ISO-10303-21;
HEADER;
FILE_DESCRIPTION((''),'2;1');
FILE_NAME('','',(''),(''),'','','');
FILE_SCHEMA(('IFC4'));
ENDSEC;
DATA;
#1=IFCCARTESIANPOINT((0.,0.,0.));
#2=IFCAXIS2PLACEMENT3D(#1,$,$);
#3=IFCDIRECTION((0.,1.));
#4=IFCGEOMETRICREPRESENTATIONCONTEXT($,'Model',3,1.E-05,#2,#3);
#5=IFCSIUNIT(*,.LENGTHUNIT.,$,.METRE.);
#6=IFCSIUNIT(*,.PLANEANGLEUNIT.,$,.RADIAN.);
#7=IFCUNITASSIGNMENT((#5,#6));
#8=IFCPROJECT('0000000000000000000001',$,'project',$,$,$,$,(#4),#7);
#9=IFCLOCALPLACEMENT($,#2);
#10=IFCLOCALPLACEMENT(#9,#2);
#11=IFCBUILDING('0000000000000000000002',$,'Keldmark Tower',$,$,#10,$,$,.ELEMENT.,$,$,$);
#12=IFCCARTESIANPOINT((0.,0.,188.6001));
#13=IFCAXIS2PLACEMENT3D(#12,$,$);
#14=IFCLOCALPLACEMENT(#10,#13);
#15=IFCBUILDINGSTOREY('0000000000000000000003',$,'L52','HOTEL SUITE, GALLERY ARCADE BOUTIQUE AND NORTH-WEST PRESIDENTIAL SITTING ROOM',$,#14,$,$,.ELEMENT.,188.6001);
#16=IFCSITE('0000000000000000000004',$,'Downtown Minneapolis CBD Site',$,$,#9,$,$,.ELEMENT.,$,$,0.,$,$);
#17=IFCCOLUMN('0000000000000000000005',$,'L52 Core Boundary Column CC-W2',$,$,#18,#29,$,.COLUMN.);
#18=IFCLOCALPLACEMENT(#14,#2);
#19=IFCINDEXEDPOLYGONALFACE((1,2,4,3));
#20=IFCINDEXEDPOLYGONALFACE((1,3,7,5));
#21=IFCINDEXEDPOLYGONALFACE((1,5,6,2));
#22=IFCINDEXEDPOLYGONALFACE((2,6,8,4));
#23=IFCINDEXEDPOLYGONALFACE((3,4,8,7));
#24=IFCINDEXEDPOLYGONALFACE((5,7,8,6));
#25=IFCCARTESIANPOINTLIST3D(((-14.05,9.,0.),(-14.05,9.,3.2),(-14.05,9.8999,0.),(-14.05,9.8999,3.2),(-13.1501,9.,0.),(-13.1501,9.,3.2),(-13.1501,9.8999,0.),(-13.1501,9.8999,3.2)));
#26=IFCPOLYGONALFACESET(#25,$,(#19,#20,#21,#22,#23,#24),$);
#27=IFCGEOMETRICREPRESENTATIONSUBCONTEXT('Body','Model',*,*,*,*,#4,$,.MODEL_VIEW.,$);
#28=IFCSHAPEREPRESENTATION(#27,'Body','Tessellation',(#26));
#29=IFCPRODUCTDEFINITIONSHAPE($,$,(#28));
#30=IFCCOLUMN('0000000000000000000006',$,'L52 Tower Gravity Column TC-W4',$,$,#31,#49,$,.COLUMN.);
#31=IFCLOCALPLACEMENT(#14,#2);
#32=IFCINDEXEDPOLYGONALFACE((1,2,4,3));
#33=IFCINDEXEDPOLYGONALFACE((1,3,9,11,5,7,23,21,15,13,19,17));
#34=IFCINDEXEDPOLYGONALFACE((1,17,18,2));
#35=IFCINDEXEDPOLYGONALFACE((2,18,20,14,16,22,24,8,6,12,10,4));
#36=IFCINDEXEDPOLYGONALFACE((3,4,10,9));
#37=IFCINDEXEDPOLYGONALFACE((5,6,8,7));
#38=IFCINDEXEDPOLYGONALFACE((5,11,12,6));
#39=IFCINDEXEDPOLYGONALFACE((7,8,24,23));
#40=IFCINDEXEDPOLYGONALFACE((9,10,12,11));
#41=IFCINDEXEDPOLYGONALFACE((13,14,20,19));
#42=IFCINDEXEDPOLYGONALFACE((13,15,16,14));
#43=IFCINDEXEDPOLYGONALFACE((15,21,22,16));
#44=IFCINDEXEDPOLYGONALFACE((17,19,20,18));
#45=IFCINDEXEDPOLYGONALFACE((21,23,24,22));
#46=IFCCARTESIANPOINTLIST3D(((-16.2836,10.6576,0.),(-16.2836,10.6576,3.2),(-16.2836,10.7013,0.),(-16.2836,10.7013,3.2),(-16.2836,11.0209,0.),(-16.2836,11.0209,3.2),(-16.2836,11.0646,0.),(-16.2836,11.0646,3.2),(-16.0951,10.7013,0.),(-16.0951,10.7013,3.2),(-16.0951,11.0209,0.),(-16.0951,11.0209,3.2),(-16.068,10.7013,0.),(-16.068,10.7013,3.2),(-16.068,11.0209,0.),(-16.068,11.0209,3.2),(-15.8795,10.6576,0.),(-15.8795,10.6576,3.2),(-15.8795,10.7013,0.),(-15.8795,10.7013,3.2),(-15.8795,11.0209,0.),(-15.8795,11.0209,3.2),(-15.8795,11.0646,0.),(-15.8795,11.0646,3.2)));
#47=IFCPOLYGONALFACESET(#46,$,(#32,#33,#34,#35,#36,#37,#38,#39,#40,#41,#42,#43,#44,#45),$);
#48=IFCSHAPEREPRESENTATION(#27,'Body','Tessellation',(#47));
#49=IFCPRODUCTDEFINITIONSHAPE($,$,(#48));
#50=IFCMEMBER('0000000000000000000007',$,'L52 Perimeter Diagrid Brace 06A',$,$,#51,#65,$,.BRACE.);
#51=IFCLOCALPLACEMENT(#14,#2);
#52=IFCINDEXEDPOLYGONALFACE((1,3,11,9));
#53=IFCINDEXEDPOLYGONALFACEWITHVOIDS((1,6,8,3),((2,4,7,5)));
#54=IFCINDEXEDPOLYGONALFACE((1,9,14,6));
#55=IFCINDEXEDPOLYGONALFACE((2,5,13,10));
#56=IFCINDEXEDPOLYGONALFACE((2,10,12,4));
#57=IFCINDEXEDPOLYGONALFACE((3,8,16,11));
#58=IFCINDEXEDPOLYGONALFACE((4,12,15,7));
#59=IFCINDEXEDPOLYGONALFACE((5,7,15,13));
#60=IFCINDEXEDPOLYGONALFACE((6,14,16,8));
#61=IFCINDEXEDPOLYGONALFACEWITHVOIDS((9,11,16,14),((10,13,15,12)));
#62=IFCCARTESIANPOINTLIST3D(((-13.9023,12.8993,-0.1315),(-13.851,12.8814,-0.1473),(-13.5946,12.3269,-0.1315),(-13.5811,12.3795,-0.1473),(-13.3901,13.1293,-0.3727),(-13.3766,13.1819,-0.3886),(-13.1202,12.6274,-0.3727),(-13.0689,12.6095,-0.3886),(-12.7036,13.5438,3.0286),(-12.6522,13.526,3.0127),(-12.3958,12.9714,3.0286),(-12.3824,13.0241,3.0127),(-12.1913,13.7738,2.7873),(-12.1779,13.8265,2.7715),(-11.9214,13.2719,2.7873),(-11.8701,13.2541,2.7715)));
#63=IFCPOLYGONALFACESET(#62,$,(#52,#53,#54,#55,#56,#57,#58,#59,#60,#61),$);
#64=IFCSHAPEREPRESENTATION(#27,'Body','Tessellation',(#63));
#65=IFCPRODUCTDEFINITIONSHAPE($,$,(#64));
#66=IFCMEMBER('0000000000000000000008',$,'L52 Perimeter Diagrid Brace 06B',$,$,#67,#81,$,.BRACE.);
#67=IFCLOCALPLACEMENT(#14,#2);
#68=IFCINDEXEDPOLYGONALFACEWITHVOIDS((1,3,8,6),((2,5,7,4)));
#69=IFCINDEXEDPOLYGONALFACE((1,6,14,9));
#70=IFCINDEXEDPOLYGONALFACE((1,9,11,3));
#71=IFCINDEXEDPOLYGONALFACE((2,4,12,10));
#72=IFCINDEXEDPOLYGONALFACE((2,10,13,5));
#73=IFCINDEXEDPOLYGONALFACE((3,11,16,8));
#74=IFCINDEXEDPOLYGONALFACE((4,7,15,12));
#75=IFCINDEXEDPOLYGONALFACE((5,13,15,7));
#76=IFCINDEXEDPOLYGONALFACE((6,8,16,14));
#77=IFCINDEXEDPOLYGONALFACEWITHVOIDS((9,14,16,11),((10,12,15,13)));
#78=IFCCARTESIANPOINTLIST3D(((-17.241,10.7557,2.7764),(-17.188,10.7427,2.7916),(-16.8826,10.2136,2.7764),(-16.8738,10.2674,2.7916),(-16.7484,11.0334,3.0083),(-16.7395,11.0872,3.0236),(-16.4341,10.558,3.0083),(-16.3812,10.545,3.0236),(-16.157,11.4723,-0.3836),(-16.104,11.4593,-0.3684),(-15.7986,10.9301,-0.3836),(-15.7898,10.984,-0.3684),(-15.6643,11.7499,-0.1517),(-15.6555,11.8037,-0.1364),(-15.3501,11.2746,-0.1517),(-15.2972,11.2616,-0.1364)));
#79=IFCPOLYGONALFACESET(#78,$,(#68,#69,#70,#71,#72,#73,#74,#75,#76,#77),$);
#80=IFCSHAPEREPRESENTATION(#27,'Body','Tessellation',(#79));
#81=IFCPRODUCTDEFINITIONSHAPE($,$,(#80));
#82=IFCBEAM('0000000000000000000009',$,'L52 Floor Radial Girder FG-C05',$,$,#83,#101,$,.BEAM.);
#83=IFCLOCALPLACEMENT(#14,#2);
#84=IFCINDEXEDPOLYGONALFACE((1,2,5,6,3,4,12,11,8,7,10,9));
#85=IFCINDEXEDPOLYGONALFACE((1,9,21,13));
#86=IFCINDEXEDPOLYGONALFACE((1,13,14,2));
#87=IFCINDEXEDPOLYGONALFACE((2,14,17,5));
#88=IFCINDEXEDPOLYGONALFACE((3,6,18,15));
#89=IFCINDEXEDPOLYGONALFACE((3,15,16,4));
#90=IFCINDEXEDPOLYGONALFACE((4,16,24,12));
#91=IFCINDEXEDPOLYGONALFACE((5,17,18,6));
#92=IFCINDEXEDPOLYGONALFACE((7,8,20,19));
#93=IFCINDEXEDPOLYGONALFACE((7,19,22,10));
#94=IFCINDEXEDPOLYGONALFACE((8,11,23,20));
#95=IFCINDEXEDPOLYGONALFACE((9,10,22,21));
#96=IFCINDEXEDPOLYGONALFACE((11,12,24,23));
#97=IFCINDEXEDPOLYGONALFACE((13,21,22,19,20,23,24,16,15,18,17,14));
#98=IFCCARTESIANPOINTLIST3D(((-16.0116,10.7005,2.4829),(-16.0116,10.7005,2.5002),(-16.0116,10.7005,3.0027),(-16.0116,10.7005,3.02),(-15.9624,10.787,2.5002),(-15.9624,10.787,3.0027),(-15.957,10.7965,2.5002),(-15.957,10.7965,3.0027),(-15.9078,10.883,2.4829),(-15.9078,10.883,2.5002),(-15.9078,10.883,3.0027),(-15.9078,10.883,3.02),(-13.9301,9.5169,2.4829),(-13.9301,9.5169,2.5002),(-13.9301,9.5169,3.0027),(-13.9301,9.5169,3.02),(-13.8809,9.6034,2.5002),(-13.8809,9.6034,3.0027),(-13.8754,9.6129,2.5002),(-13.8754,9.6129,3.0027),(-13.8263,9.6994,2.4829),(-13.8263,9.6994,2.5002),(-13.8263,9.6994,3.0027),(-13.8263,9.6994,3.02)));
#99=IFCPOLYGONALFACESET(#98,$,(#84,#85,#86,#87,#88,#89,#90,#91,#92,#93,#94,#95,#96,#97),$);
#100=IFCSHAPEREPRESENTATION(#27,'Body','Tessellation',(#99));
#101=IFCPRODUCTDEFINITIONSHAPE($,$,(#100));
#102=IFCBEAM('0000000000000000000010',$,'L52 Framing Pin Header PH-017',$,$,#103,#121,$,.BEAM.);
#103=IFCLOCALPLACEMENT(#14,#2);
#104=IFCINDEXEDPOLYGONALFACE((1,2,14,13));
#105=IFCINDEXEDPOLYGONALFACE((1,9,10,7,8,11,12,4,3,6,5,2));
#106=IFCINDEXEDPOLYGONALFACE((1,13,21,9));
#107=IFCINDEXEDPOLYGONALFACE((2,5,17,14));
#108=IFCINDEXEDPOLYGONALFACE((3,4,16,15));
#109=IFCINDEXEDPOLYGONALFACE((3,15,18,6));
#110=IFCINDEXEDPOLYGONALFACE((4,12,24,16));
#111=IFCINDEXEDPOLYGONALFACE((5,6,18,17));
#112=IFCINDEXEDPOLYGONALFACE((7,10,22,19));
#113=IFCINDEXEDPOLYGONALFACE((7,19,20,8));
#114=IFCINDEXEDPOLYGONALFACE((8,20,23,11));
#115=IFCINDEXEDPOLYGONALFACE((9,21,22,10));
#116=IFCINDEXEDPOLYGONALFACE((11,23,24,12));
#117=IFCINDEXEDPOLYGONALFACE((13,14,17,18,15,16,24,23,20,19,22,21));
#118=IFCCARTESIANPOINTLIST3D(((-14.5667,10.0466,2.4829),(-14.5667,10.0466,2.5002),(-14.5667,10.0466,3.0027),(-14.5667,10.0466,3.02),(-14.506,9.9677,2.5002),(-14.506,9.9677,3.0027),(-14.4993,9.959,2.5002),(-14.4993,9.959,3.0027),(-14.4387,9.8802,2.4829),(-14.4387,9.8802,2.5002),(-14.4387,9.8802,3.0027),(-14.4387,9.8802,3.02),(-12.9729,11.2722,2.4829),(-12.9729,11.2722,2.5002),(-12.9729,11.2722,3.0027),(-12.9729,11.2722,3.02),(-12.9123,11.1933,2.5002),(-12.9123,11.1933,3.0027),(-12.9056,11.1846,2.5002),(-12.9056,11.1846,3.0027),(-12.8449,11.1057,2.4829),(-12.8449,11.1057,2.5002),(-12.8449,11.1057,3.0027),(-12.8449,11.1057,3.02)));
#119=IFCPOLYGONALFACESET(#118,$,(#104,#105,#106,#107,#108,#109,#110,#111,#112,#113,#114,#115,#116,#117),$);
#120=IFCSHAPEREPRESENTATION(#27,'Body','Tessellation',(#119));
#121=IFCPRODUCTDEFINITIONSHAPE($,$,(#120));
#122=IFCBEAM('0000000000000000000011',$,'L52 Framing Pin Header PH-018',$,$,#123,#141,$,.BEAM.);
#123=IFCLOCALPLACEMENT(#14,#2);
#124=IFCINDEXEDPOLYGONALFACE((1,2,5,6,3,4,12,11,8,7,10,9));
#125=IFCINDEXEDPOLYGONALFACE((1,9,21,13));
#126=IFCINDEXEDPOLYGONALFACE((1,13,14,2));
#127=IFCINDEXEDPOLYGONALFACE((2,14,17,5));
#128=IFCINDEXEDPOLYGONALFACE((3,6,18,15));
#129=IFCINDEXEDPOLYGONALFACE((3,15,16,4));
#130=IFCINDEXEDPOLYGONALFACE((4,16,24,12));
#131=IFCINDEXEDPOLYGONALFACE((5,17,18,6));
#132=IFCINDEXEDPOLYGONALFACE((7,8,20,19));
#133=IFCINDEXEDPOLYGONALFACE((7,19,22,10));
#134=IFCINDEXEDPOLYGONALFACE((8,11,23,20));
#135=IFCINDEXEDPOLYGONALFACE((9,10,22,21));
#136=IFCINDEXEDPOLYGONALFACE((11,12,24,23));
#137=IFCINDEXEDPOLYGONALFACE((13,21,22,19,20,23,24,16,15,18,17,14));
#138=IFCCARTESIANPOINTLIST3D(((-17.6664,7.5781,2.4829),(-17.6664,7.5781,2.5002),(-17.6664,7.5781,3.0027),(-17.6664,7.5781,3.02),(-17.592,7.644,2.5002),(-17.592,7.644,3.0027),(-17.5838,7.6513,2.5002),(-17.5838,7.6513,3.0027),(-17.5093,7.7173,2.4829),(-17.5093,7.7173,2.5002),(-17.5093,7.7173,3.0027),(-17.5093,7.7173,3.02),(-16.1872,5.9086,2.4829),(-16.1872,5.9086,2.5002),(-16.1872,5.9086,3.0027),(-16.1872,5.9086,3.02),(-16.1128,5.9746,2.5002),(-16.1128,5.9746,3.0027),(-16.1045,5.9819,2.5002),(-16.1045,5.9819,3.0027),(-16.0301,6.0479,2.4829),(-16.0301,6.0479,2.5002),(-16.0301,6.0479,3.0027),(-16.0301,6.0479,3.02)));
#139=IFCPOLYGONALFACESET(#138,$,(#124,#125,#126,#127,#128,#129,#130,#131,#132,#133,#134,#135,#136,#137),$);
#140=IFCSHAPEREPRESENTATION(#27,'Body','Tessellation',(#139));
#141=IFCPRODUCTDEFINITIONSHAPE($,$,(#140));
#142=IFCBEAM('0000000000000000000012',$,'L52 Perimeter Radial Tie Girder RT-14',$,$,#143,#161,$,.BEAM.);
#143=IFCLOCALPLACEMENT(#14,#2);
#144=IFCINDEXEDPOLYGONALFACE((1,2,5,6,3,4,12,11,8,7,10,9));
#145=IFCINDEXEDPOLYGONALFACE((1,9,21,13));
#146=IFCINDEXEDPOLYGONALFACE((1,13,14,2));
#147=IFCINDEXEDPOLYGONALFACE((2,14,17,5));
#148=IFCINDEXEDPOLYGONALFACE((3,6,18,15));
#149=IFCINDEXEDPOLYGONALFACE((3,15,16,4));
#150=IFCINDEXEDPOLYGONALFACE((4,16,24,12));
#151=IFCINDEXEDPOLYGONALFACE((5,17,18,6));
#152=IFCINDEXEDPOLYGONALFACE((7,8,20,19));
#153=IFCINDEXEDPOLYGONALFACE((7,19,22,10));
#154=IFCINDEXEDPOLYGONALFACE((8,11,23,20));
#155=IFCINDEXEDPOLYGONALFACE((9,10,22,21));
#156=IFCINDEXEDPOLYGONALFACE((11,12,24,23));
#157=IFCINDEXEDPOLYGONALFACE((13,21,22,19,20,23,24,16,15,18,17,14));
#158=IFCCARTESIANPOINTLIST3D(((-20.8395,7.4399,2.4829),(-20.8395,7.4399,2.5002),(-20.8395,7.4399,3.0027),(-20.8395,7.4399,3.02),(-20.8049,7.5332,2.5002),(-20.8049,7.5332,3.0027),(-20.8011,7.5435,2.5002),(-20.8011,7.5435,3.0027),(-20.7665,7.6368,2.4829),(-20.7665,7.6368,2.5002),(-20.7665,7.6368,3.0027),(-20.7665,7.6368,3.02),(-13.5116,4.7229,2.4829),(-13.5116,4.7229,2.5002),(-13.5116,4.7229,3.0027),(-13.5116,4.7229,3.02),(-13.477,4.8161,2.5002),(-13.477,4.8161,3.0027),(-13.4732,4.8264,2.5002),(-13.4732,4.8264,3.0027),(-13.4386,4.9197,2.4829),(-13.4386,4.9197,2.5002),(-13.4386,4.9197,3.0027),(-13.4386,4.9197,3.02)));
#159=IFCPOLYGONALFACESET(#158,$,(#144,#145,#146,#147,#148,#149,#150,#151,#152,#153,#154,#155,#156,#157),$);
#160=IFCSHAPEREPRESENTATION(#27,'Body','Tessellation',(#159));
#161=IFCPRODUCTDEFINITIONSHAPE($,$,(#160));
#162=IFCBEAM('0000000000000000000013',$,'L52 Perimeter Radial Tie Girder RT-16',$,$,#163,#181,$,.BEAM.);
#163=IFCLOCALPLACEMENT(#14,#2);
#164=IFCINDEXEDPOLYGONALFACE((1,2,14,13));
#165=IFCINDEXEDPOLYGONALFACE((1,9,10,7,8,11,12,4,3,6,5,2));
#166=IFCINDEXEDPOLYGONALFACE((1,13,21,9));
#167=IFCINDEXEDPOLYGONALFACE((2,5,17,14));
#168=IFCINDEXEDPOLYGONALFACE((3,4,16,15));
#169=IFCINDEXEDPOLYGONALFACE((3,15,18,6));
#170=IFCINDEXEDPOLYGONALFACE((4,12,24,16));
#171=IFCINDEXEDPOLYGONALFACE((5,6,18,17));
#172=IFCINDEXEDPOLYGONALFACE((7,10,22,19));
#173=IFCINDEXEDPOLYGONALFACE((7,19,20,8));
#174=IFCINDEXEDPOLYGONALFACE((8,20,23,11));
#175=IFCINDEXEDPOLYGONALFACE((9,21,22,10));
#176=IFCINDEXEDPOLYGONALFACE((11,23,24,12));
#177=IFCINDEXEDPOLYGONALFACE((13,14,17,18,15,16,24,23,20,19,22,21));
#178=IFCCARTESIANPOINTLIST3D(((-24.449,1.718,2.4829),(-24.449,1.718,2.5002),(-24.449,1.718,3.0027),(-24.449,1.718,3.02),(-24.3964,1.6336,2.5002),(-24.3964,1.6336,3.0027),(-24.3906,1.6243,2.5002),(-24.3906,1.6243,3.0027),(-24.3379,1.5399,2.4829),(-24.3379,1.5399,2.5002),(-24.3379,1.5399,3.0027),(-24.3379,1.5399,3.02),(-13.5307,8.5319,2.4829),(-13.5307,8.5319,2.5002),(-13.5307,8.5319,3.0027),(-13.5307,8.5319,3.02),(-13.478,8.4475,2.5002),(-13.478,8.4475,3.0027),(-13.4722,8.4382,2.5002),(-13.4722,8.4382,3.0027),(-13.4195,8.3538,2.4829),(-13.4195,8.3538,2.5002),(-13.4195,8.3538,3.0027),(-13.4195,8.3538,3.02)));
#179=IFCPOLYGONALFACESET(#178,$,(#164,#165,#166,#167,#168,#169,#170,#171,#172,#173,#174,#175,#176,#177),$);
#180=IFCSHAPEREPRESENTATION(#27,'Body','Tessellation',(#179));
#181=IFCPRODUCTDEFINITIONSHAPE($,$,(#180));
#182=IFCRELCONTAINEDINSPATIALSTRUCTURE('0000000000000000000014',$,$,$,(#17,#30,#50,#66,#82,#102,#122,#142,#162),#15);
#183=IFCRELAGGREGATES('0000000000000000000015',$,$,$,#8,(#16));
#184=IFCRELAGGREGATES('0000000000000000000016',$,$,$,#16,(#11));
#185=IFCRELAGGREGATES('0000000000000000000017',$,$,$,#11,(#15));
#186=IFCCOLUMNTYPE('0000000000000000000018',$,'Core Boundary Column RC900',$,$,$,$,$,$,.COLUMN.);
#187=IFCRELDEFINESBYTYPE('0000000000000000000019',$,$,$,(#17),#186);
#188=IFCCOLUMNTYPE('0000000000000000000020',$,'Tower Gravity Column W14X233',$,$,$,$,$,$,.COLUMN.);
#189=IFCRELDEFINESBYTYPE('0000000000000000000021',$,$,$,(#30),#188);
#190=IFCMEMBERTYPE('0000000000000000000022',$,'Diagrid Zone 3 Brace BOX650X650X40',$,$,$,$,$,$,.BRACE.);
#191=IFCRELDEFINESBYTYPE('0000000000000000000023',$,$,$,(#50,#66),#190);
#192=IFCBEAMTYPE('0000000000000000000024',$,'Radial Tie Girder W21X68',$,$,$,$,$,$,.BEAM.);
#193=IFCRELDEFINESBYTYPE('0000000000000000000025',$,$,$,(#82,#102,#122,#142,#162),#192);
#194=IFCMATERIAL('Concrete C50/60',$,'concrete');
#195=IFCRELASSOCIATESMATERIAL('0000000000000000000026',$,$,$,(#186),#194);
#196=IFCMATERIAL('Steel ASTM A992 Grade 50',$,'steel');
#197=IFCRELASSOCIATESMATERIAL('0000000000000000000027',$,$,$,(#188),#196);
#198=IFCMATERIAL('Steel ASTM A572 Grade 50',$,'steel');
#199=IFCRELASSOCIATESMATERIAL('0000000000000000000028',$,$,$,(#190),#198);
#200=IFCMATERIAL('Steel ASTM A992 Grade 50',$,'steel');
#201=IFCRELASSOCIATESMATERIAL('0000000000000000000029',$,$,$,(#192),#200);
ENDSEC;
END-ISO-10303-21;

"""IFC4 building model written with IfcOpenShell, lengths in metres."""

from ifc_helpers import new_model, si_unit, direction, frame, origin, origin_2d, place, context, subcontext, project, spatial, rectangle, hollow_rectangle, i_section, extrude, material, material_profile, profile_set, type_object, element, save


model = new_model("IFC4")

# Units and contexts
model_context = context("Model", 3, precision=1e-05, world=origin(), true_north=direction((0.0, 1.0)))
body_context = subcontext(model_context, "Body", "Model", "MODEL_VIEW")
ifc_project = project(units=[si_unit("LENGTHUNIT", "METRE"), si_unit("PLANEANGLEUNIT", "RADIAN")], contexts=[model_context])

# Site, building, storey
site_placement = place(None, origin())
site = spatial("IfcSite", under=ifc_project, at=site_placement, Name="Downtown Minneapolis CBD Site", CompositionType="ELEMENT", RefElevation=0.0)
building_placement = place(site_placement, origin())
building = spatial("IfcBuilding", under=site, at=building_placement, Name="Keldmark Tower", CompositionType="ELEMENT")
storey_placement = place(building_placement, frame((0.0, 0.0, 188.6001)))
storey = spatial("IfcBuildingStorey", under=building, at=storey_placement, Name="L52", Description="HOTEL SUITE, GALLERY ARCADE BOUTIQUE AND NORTH-WEST PRESIDENTIAL SITTING ROOM", CompositionType="ELEMENT", Elevation=188.6001)

# Columns
ifc_material_1 = material(Name="Concrete C50/60", Category="concrete")
ifc_material_profile_1 = material_profile(ifc_material_1, rectangle(XDim=0.8999, YDim=0.8999, at=origin_2d()), Name="RC900X900")
ifc_profile_set_1 = profile_set([ifc_material_profile_1], Name="Concrete C50/60")
column_type_1 = type_object("IfcColumnType", Name="Core Boundary Column RC900", PredefinedType="COLUMN", material=ifc_profile_set_1)
column_1_placement = place(storey_placement, frame((-13.6001, 9.45, 0.0), z_axis=(0.0, 0.0, 1.0), x_axis=(1.0, 0.0, 0.0)))
element("IfcColumn", 1, at=column_1_placement, inside=storey, type_object=column_type_1, Name="L52 Core Boundary Column CC-W2", PredefinedType="COLUMN", context=body_context, shape_type="SweptSolid", body=[
    extrude(rectangle(XDim=0.8999, YDim=0.8999, at=origin_2d()), origin(), (0.0, 0.0, 1.0), 3.2),
])
ifc_material_2 = material(Name="Steel ASTM A992 Grade 50", Category="steel")
ifc_material_profile_2 = material_profile(ifc_material_2, i_section(OverallWidth=0.4041, OverallDepth=0.407, WebThickness=0.0271, FlangeThickness=0.0437, at=origin_2d()), Name="W14X233")
ifc_profile_set_2 = profile_set([ifc_material_profile_2], Name="Steel ASTM A992 Grade 50")
column_type_2 = type_object("IfcColumnType", Name="Tower Gravity Column W14X233", PredefinedType="COLUMN", material=ifc_profile_set_2)
column_2_placement = place(storey_placement, frame((-16.0815, 10.8611, 0.0), z_axis=(0.0, 0.0, 1.0), x_axis=(1.0, 0.0, 0.0)))
element("IfcColumn", 2, at=column_2_placement, inside=storey, type_object=column_type_2, Name="L52 Tower Gravity Column TC-W4", PredefinedType="COLUMN", context=body_context, shape_type="SweptSolid", body=[
    extrude(i_section(OverallWidth=0.4041, OverallDepth=0.407, WebThickness=0.0271, FlangeThickness=0.0437, at=origin_2d()), origin(), (0.0, 0.0, 1.0), 3.2),
])

# Members
ifc_material_3 = material(Name="Steel ASTM A572 Grade 50", Category="steel")
ifc_material_profile_3 = material_profile(ifc_material_3, hollow_rectangle(XDim=0.6499, YDim=0.6499, WallThickness=0.04, at=origin_2d()), Name="BOX650X650X40")
ifc_profile_set_3 = profile_set([ifc_material_profile_3], Name="Steel ASTM A572 Grade 50")
member_type = type_object("IfcMemberType", Name="Diagrid Zone 3 Brace BOX650X650X40", PredefinedType="BRACE", material=ifc_profile_set_3)
member_1_placement = place(storey_placement, frame((-13.4856, 12.7544, -0.26), z_axis=(0.348412, 0.187334, 0.918431), x_axis=(-0.473565, 0.880759, 0.0)))
element("IfcMember", 3, at=member_1_placement, inside=storey, type_object=member_type, Name="L52 Perimeter Diagrid Brace 06A", PredefinedType="BRACE", context=body_context, shape_type="SweptSolid", body=[
    extrude(hollow_rectangle(XDim=0.6499, YDim=0.6499, WallThickness=0.04, at=origin_2d()), origin(), (0.0, 0.0, 1.0), 3.4407),
])
member_2_placement = place(storey_placement, frame((-15.7271, 11.3669, -0.26), z_axis=(-0.317265, -0.209724, 0.924856), x_axis=(0.551444, -0.834212, 0.0)))
element("IfcMember", 4, at=member_2_placement, inside=storey, type_object=member_type, Name="L52 Perimeter Diagrid Brace 06B", PredefinedType="BRACE", context=body_context, shape_type="SweptSolid", body=[
    extrude(hollow_rectangle(XDim=0.6499, YDim=0.6499, WallThickness=0.04, at=origin_2d()), origin(), (0.0, 0.0, 1.0), 3.4167),
])

# Beams
ifc_material_4 = material(Name="Steel ASTM A992 Grade 50", Category="steel")
ifc_material_profile_4 = material_profile(ifc_material_4, i_section(OverallWidth=0.21, OverallDepth=0.5371, WebThickness=0.011, FlangeThickness=0.0173, at=origin_2d()), Name="W21X68")
ifc_profile_set_4 = profile_set([ifc_material_profile_4], Name="Steel ASTM A992 Grade 50")
beam_type_1 = type_object("IfcBeamType", Name="Radial Tie Girder W21X68", PredefinedType="BEAM", material=ifc_profile_set_4)
beam_1_placement = place(storey_placement, frame((-15.9597, 10.7917, 2.7515), z_axis=(0.869295, -0.494293, 0.0), x_axis=(0.494293, 0.869295, 0.0)))
element("IfcBeam", 5, at=beam_1_placement, inside=storey, type_object=beam_type_1, Name="L52 Floor Radial Girder FG-C05", PredefinedType="BEAM", context=body_context, shape_type="SweptSolid", body=[
    extrude(i_section(OverallWidth=0.21, OverallDepth=0.5371, WebThickness=0.011, FlangeThickness=0.0173, at=origin_2d()), origin(), (0.0, 0.0, 1.0), 2.3945),
])
beam_2_placement = place(storey_placement, frame((-14.5027, 9.9634, 2.7515), z_axis=(0.792714, 0.609593, 0.0), x_axis=(-0.609593, 0.792714, 0.0)))
element("IfcBeam", 6, at=beam_2_placement, inside=storey, type_object=beam_type_1, Name="L52 Framing Pin Header PH-017", PredefinedType="BEAM", context=body_context, shape_type="SweptSolid", body=[
    extrude(i_section(OverallWidth=0.21, OverallDepth=0.5371, WebThickness=0.011, FlangeThickness=0.0173, at=origin_2d()), origin(), (0.0, 0.0, 1.0), 2.0105),
])
beam_3_placement = place(storey_placement, frame((-16.1086, 5.9783, 2.7515), z_axis=(-0.663188, 0.748453, 0.0), x_axis=(-0.748453, -0.663188, 0.0)))
element("IfcBeam", 7, at=beam_3_placement, inside=storey, type_object=beam_type_1, Name="L52 Framing Pin Header PH-018", PredefinedType="BEAM", context=body_context, shape_type="SweptSolid", body=[
    extrude(i_section(OverallWidth=0.21, OverallDepth=0.5371, WebThickness=0.011, FlangeThickness=0.0173, at=origin_2d()), origin(), (0.0, 0.0, 1.0), 2.2305),
])
beam_4_placement = place(storey_placement, frame((-13.4751, 4.8213, 2.7515), z_axis=(-0.937623, 0.347653, 0.0), x_axis=(-0.347653, -0.937623, 0.0)))
element("IfcBeam", 8, at=beam_4_placement, inside=storey, type_object=beam_type_1, Name="L52 Perimeter Radial Tie Girder RT-14", PredefinedType="BEAM", context=body_context, shape_type="SweptSolid", body=[
    extrude(i_section(OverallWidth=0.21, OverallDepth=0.5371, WebThickness=0.011, FlangeThickness=0.0173, at=origin_2d()), origin(), (0.0, 0.0, 1.0), 7.8154),
])
beam_5_placement = place(storey_placement, frame((-13.4751, 8.4429, 2.7515), z_axis=(-0.84835, -0.529436, 0.0), x_axis=(0.529436, -0.84835, 0.0)))
element("IfcBeam", 9, at=beam_5_placement, inside=storey, type_object=beam_type_1, Name="L52 Perimeter Radial Tie Girder RT-16", PredefinedType="BEAM", context=body_context, shape_type="SweptSolid", body=[
    extrude(i_section(OverallWidth=0.21, OverallDepth=0.5371, WebThickness=0.011, FlangeThickness=0.0173, at=origin_2d()), origin(), (0.0, 0.0, 1.0), 12.8701),
])

save(model, "model.ifc")
